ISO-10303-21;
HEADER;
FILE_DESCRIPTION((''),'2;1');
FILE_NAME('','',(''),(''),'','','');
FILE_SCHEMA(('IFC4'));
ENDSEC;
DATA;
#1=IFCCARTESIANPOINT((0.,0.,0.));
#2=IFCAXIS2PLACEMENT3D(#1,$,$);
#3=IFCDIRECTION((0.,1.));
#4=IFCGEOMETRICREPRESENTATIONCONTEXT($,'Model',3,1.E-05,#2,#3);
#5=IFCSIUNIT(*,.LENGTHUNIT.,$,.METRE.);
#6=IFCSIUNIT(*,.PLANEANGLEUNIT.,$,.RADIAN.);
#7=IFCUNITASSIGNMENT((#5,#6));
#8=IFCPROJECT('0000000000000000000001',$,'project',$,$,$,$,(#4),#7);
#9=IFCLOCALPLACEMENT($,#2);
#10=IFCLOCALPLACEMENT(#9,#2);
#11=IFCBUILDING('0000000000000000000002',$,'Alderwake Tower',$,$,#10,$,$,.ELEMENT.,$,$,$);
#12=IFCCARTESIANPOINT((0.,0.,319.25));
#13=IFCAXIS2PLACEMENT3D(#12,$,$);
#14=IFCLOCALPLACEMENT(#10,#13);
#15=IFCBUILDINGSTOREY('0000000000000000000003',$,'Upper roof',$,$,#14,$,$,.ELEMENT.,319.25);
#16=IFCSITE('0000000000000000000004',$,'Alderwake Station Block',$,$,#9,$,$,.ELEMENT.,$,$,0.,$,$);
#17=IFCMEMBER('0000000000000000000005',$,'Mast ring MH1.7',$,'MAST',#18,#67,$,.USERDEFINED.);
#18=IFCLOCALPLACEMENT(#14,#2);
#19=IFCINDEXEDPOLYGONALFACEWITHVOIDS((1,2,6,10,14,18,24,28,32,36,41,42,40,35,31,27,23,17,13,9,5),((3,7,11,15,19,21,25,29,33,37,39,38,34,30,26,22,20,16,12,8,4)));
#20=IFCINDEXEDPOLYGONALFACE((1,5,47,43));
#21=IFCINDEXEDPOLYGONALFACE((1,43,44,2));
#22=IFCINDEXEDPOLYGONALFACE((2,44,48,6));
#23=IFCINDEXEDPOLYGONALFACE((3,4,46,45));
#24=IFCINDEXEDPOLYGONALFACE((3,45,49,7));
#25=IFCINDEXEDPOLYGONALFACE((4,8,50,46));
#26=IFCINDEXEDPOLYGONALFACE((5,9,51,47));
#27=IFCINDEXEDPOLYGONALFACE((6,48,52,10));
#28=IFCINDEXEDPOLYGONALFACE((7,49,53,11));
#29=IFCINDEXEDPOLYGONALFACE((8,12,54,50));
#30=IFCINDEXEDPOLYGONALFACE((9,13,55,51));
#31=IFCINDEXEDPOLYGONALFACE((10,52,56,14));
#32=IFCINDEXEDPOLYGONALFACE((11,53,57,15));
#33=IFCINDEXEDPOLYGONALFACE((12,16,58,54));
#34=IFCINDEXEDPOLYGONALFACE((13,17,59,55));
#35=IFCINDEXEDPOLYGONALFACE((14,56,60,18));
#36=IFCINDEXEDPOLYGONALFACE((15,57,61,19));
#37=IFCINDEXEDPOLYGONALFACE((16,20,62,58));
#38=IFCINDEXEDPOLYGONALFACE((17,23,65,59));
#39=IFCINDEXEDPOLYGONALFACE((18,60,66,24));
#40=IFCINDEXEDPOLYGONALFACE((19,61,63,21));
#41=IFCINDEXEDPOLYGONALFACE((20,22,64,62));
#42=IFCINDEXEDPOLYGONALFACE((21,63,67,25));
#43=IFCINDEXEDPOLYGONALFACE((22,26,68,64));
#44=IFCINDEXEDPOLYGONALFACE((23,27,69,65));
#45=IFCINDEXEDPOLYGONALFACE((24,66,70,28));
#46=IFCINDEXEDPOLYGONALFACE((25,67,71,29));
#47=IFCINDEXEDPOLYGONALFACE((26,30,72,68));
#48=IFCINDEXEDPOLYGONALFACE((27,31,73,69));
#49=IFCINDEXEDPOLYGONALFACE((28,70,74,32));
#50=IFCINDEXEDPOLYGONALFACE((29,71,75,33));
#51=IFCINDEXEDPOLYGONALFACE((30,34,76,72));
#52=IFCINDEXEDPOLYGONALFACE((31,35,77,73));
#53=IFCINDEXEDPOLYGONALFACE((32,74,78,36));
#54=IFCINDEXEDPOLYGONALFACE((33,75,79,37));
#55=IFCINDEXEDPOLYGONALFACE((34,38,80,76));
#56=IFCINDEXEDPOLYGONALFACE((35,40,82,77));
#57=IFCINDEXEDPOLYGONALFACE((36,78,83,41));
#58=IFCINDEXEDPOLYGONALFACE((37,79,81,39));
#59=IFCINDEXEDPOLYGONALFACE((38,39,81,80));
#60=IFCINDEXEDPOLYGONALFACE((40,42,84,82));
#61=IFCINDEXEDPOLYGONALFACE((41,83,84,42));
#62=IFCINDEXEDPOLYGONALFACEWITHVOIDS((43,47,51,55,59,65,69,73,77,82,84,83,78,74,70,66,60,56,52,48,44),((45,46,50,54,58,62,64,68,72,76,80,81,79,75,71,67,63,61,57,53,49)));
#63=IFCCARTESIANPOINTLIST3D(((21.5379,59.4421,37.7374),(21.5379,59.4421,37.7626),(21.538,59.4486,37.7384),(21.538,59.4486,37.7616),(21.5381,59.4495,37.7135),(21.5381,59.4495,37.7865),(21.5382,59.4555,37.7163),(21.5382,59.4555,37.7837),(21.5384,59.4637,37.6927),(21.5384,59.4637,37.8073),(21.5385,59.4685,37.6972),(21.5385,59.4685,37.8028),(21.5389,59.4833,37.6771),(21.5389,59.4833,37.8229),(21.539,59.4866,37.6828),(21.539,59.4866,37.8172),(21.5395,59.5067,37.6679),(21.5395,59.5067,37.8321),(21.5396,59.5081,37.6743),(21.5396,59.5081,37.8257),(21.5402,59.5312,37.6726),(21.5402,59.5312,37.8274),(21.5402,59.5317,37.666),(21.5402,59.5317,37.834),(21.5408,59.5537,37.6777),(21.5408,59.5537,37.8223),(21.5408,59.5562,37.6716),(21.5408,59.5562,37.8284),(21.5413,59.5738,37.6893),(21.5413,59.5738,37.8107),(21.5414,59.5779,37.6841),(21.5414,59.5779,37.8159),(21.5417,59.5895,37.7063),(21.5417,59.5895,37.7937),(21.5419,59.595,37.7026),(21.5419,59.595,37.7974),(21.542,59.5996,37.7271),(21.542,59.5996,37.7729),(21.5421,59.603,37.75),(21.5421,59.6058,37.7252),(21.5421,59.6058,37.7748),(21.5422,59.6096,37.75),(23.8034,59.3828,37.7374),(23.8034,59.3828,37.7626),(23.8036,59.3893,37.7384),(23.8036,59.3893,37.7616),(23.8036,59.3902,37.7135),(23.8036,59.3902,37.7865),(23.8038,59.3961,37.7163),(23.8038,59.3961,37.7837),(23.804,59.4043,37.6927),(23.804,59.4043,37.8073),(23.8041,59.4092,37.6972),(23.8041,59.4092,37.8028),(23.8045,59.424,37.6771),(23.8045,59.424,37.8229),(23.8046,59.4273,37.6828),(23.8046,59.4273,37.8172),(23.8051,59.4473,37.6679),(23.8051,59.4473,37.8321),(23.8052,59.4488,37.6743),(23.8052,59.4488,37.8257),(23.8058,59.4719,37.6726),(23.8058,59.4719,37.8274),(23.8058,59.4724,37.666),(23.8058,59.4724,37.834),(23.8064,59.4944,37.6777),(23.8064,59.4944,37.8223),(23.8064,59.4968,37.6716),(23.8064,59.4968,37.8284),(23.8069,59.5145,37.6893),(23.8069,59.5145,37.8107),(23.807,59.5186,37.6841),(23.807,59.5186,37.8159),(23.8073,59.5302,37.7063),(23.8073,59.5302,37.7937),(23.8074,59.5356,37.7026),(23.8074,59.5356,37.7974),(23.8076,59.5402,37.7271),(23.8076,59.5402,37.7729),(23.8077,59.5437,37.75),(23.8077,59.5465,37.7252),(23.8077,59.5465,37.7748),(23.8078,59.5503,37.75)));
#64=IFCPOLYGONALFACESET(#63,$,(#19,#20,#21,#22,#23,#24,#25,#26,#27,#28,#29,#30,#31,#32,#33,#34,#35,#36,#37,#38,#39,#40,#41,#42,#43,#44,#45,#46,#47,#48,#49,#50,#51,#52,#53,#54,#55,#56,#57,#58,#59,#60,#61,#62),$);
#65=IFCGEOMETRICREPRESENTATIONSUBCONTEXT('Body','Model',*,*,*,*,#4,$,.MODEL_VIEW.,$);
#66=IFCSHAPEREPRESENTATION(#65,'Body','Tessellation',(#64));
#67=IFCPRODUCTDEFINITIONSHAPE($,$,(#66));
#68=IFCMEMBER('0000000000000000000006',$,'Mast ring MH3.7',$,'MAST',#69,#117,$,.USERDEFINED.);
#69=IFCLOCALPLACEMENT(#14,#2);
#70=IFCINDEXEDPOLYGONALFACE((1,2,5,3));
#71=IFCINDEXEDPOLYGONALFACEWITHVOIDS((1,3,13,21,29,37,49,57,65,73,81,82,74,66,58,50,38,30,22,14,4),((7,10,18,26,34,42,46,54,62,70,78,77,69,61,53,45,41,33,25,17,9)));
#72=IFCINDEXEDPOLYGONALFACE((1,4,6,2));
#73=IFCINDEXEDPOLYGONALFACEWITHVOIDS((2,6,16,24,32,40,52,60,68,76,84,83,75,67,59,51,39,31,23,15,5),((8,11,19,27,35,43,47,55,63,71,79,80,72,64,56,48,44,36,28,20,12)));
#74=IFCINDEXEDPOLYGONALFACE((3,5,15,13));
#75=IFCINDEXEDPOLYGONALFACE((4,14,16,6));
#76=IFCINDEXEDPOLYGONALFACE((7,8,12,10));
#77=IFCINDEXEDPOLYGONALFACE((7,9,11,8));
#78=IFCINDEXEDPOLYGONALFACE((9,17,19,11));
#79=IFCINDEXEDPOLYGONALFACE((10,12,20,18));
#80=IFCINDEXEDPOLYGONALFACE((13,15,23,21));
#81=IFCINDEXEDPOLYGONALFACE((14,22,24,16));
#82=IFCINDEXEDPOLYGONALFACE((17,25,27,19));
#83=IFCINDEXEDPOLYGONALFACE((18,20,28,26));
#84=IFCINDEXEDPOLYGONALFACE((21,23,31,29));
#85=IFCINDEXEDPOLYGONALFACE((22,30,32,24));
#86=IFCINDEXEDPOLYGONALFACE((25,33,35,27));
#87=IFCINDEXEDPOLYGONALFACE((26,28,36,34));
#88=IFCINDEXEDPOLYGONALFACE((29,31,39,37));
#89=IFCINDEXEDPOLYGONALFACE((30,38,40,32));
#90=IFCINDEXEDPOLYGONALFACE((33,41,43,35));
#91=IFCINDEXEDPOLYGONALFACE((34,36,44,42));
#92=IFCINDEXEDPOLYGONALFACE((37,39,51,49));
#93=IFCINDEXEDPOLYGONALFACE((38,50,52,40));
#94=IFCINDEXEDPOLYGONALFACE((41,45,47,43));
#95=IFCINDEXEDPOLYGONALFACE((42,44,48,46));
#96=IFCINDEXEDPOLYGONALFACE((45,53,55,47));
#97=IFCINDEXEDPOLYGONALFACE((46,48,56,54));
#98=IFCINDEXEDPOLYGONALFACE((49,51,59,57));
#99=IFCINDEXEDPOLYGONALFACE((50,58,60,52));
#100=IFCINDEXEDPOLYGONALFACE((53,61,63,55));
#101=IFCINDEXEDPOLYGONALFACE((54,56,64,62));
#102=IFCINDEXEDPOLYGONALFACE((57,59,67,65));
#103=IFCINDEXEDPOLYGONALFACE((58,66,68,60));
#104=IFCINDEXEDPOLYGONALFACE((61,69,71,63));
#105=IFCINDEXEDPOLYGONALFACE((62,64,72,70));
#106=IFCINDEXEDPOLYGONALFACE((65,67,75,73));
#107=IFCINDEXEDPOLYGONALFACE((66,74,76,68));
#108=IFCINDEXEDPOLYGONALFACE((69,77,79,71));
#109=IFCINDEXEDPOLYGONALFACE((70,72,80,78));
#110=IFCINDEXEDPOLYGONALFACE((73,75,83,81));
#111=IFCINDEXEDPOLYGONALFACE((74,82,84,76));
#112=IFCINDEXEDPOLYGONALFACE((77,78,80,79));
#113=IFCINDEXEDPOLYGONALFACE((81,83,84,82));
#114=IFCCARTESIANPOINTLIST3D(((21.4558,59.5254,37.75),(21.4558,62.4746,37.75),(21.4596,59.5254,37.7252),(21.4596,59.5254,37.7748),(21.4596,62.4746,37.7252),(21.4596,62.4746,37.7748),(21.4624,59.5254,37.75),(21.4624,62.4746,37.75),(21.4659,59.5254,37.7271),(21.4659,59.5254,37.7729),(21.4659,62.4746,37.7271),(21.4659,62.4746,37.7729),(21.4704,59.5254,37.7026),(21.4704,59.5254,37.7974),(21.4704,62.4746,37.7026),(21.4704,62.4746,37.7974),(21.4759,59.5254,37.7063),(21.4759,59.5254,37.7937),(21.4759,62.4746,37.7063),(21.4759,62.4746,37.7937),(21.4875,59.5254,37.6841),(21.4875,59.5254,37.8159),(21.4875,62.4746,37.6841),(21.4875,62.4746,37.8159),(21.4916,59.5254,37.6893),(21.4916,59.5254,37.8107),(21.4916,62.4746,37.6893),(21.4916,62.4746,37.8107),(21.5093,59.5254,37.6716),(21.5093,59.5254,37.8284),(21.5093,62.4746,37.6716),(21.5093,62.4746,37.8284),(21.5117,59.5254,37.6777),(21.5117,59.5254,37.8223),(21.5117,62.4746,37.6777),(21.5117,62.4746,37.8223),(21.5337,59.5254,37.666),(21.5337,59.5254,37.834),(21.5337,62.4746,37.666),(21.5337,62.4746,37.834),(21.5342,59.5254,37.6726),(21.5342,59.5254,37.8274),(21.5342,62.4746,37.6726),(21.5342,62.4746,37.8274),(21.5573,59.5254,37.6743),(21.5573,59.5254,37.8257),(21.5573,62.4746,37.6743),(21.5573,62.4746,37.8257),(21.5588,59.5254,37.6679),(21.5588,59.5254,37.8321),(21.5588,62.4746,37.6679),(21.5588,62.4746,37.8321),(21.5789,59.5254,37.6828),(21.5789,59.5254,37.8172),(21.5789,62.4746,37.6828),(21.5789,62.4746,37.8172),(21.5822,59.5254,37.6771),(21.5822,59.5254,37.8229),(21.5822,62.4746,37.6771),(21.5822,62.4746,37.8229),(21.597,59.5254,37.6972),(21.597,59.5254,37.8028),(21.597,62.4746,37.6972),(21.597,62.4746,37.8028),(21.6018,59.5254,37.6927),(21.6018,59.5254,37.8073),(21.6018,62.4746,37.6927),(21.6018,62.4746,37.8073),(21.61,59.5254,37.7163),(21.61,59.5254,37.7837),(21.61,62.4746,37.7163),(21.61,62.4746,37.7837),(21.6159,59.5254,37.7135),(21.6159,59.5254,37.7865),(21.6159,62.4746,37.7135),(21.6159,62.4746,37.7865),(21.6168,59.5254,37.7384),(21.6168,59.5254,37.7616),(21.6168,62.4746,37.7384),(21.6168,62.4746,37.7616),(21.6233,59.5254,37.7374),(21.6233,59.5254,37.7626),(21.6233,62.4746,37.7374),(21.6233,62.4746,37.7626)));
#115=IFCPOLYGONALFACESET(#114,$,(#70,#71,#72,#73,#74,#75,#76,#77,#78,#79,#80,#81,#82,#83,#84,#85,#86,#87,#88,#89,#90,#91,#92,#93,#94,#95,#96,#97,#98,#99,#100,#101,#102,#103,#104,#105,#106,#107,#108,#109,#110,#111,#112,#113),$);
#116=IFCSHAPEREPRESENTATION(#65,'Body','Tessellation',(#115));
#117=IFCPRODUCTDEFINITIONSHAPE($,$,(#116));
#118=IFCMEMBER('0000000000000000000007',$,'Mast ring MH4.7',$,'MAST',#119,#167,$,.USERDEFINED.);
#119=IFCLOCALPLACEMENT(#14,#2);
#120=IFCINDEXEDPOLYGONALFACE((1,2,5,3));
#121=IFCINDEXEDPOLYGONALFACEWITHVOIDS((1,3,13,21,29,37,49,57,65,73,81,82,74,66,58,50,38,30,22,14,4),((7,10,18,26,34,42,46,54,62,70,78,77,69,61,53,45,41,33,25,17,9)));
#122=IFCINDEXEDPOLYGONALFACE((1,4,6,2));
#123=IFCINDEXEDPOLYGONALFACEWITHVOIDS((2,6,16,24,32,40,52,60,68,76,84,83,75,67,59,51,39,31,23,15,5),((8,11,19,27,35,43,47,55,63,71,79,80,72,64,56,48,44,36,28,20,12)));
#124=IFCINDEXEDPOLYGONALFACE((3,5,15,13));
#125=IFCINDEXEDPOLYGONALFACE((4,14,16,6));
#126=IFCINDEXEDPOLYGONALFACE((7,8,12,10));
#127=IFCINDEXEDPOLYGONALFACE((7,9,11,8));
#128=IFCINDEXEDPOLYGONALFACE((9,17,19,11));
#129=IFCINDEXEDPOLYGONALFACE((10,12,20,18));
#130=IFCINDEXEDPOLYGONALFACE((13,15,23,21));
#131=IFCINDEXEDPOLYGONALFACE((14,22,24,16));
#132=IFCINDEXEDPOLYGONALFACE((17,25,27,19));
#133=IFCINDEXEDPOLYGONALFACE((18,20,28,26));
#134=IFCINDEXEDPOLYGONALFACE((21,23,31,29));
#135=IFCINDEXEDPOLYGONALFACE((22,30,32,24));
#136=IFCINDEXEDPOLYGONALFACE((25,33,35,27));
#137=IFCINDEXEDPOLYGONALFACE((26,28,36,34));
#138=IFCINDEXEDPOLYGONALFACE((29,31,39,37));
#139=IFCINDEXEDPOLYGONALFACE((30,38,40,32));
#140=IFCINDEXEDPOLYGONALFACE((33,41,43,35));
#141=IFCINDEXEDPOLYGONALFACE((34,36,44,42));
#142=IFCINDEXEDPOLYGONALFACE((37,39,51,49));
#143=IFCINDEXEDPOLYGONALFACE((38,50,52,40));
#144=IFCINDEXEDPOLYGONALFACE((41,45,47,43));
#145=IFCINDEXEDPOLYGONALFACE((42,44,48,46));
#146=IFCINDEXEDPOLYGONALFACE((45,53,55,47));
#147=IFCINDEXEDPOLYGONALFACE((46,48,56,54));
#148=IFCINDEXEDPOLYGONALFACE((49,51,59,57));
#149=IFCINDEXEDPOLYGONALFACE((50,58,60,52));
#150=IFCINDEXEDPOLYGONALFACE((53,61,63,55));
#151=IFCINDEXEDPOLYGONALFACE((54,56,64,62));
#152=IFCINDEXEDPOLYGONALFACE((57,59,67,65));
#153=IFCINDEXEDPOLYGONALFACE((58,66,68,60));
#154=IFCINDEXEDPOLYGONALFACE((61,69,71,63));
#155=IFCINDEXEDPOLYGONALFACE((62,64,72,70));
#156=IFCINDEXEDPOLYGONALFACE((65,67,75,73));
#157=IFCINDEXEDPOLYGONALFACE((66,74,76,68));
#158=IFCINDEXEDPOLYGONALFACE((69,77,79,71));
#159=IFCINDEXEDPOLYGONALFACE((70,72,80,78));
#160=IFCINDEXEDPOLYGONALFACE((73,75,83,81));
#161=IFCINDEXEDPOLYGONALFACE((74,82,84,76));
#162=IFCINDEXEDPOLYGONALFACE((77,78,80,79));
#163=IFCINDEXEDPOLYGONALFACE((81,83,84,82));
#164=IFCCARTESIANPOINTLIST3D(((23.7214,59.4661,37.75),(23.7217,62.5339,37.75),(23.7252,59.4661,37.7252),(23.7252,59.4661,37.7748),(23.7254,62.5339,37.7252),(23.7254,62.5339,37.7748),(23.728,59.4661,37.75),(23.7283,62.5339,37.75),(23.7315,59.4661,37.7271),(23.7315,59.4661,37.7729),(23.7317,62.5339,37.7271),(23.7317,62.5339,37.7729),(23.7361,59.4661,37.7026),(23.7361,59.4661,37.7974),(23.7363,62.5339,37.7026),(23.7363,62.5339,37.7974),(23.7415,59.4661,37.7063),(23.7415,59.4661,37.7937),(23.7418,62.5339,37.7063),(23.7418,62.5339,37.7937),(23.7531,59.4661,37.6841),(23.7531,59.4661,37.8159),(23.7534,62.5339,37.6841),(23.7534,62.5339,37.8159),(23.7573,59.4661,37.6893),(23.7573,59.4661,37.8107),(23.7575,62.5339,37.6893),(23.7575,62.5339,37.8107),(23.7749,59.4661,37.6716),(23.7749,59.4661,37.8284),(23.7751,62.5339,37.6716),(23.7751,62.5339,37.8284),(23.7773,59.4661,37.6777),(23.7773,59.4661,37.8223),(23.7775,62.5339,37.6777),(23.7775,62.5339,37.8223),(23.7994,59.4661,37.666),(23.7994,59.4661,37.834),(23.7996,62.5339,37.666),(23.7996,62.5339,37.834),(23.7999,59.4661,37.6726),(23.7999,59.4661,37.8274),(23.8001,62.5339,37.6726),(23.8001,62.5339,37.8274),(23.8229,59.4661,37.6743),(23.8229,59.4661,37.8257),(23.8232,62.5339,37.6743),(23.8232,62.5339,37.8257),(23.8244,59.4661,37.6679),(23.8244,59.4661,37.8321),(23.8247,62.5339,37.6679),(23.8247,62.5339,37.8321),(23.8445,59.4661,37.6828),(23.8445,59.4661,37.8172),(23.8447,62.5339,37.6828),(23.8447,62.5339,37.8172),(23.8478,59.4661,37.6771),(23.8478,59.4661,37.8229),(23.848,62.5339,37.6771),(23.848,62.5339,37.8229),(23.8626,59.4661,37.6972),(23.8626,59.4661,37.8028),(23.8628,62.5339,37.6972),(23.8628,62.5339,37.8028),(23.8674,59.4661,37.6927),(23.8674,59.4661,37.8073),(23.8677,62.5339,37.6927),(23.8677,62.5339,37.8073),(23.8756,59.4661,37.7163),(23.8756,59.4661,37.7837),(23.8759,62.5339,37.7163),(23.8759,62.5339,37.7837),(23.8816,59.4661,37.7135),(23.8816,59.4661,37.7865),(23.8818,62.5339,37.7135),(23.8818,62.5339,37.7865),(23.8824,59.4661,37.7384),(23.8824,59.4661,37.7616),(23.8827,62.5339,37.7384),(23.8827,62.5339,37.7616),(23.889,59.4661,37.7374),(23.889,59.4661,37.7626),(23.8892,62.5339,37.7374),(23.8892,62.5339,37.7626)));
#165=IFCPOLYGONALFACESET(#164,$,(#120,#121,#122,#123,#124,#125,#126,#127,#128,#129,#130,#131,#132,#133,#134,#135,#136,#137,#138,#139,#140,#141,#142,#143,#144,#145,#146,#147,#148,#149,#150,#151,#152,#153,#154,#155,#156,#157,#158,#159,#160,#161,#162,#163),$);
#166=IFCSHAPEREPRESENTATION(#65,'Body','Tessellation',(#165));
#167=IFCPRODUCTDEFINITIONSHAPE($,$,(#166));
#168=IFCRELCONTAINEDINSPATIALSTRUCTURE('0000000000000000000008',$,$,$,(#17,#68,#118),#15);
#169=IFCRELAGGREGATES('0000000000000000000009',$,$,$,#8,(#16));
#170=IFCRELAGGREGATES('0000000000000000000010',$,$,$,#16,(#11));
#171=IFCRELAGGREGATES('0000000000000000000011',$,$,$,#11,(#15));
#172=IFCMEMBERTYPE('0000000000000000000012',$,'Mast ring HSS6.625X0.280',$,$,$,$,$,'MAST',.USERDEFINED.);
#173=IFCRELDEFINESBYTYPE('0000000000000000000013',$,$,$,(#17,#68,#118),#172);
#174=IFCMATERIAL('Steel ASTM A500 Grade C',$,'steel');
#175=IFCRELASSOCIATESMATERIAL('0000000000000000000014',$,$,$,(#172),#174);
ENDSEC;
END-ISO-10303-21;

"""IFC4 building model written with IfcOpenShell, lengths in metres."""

from ifc_helpers import new_model, si_unit, direction, frame, origin, origin_2d, place, context, subcontext, project, spatial, hollow_circle, extrude, material, material_profile, profile_set, type_object, element, save


model = new_model("IFC4")

# Units and contexts
model_context = context("Model", 3, precision=1e-05, world=origin(), true_north=direction((0.0, 1.0)))
body_context = subcontext(model_context, "Body", "Model", "MODEL_VIEW")
ifc_project = project(units=[si_unit("LENGTHUNIT", "METRE"), si_unit("PLANEANGLEUNIT", "RADIAN")], contexts=[model_context])

# Site, building, storey
site_placement = place(None, origin())
site = spatial("IfcSite", under=ifc_project, at=site_placement, Name="Alderwake Station Block", CompositionType="ELEMENT", RefElevation=0.0)
building_placement = place(site_placement, origin())
building = spatial("IfcBuilding", under=site, at=building_placement, Name="Alderwake Tower", CompositionType="ELEMENT")
storey_placement = place(building_placement, frame((0.0, 0.0, 319.25)))
storey = spatial("IfcBuildingStorey", under=building, at=storey_placement, Name="Upper roof", CompositionType="ELEMENT", Elevation=319.25)

# Members
ifc_material_1 = material(Name="Steel ASTM A500 Grade C", Category="steel")
ifc_material_profile_1 = material_profile(ifc_material_1, hollow_circle(Radius=0.0842, WallThickness=0.0066, at=origin_2d()), Name="HSS6.625X0.280")
ifc_profile_set_1 = profile_set([ifc_material_profile_1], Name="Steel ASTM A500 Grade C")
member_type_1 = type_object("IfcMemberType", Name="Mast ring HSS6.625X0.280", ElementType="MAST", PredefinedType="USERDEFINED", material=ifc_profile_set_1)
member_1_placement = place(storey_placement, frame((21.54, 59.5254, 37.75), z_axis=(0.999657, -0.026176, 0.0), x_axis=(0.026176, 0.999657, 0.0)))
element("IfcMember", 1, at=member_1_placement, inside=storey, type_object=member_type_1, Name="Mast ring MH1.7", ObjectType="MAST", PredefinedType="USERDEFINED", context=body_context, shape_type="SweptSolid", body=[
    extrude(hollow_circle(Radius=0.0842, WallThickness=0.0066, at=origin_2d()), origin(), (0.0, 0.0, 1.0), 2.2664),
])
member_2_placement = place(storey_placement, frame((21.54, 59.5254, 37.75), z_axis=(0.0, 1.0, 0.0), x_axis=(-1.0, 0.0, 0.0)))
element("IfcMember", 2, at=member_2_placement, inside=storey, type_object=member_type_1, Name="Mast ring MH3.7", ObjectType="MAST", PredefinedType="USERDEFINED", context=body_context, shape_type="SweptSolid", body=[
    extrude(hollow_circle(Radius=0.0842, WallThickness=0.0066, at=origin_2d()), origin(), (0.0, 0.0, 1.0), 2.9492),
])
member_3_placement = place(storey_placement, frame((23.8057, 59.4661, 37.75), z_axis=(0.00008, 1.0, 0.0), x_axis=(-1.0, 0.00008, 0.0)))
element("IfcMember", 3, at=member_3_placement, inside=storey, type_object=member_type_1, Name="Mast ring MH4.7", ObjectType="MAST", PredefinedType="USERDEFINED", context=body_context, shape_type="SweptSolid", body=[
    extrude(hollow_circle(Radius=0.0842, WallThickness=0.0066, at=origin_2d()), origin(), (0.0, 0.0, 1.0), 3.0679),
])

save(model, "model.ifc")
